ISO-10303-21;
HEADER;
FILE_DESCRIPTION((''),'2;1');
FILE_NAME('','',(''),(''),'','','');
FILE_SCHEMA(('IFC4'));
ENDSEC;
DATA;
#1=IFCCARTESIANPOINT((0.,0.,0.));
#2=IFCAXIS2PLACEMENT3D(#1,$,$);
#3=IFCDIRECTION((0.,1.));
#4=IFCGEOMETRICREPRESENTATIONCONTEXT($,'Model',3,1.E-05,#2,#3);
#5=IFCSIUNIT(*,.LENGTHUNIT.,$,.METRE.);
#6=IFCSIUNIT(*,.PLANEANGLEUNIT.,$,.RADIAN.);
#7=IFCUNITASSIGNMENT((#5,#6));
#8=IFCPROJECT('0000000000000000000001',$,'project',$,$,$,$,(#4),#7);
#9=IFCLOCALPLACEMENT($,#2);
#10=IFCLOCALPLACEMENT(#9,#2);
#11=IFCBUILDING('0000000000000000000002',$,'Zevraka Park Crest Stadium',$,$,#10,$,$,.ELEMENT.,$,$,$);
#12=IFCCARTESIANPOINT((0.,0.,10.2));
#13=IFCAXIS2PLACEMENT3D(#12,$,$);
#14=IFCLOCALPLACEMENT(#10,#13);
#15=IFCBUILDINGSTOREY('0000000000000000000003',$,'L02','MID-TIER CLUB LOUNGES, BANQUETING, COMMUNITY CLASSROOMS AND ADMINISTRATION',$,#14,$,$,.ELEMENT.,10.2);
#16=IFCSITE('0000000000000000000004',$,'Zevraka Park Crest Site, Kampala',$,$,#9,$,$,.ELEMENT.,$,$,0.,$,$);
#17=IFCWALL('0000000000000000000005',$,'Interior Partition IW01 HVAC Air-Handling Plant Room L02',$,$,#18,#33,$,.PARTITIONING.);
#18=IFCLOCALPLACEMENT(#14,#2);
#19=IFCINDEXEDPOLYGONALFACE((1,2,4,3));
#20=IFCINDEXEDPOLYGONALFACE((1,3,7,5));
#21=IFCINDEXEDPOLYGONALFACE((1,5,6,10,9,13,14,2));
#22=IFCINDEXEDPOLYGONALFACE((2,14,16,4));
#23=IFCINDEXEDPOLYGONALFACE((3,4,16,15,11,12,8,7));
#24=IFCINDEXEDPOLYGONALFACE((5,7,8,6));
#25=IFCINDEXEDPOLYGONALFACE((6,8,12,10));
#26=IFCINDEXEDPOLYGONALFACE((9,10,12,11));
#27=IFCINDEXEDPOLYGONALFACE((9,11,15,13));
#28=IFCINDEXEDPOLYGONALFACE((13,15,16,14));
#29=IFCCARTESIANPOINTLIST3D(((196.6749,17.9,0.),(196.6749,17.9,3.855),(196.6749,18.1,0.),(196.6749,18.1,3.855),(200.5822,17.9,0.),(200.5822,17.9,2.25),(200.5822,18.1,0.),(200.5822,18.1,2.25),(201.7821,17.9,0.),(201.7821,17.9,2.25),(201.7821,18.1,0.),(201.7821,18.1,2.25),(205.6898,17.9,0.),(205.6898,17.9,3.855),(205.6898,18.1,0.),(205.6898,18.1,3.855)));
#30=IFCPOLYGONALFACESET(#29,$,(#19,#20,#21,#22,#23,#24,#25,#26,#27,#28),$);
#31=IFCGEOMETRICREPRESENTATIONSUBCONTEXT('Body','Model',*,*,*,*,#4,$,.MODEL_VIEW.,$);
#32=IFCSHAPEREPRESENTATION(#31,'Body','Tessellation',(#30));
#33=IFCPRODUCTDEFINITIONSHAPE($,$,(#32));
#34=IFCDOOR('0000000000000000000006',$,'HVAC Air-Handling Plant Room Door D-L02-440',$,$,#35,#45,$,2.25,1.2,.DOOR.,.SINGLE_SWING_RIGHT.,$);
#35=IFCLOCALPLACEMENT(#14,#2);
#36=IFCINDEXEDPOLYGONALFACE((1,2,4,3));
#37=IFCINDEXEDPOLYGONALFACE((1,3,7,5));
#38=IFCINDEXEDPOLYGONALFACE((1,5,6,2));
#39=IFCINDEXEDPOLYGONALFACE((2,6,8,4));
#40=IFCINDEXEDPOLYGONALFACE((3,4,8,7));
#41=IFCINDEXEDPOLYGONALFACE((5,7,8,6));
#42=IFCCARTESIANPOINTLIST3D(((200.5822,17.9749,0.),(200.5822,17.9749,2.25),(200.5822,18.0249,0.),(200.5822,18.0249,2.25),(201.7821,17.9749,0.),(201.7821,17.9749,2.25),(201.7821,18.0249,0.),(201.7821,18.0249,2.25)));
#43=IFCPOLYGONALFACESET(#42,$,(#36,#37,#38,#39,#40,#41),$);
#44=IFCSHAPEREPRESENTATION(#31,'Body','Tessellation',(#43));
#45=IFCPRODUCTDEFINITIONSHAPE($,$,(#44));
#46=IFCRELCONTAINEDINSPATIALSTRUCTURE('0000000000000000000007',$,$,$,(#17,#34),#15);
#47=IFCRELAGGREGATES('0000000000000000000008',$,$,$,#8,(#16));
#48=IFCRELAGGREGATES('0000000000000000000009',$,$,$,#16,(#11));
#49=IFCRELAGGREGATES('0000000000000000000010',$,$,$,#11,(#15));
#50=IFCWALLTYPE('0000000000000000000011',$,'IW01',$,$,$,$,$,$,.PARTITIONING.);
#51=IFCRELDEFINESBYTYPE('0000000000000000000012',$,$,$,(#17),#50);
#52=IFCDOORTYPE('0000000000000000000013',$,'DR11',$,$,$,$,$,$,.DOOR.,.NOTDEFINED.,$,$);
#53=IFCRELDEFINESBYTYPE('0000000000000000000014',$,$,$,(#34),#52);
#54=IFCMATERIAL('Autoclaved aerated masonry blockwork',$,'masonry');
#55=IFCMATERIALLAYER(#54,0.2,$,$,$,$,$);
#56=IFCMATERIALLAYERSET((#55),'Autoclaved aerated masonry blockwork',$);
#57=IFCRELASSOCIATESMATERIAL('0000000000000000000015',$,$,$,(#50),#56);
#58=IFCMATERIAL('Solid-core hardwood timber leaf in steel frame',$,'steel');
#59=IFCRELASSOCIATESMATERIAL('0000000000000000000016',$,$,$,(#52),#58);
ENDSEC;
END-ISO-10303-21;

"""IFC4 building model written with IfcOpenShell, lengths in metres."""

from ifc_helpers import new_model, si_unit, direction, frame, frame_2d, origin, place, context, subcontext, project, spatial, rectangle, extrude, material, layer, layer_set, type_object, element, fill, save


model = new_model("IFC4")

# Units and contexts
model_context = context("Model", 3, precision=1e-05, world=origin(), true_north=direction((0.0, 1.0)))
body_context = subcontext(model_context, "Body", "Model", "MODEL_VIEW")
ifc_project = project(units=[si_unit("LENGTHUNIT", "METRE"), si_unit("PLANEANGLEUNIT", "RADIAN")], contexts=[model_context])

# Site, building, storey
site_placement = place(None, origin())
site = spatial("IfcSite", under=ifc_project, at=site_placement, Name="Zevraka Park Crest Site, Kampala", CompositionType="ELEMENT", RefElevation=0.0)
building_placement = place(site_placement, origin())
building = spatial("IfcBuilding", under=site, at=building_placement, Name="Zevraka Park Crest Stadium", CompositionType="ELEMENT")
storey_placement = place(building_placement, frame((0.0, 0.0, 10.2)))
storey = spatial("IfcBuildingStorey", under=building, at=storey_placement, Name="L02", Description="MID-TIER CLUB LOUNGES, BANQUETING, COMMUNITY CLASSROOMS AND ADMINISTRATION", CompositionType="ELEMENT", Elevation=10.2)

# Wall, opening, door
ifc_material_1 = material(Name="Autoclaved aerated masonry blockwork", Category="masonry")
ifc_layer_1 = layer(ifc_material_1, 0.2)
ifc_layer_set_1 = layer_set([ifc_layer_1], Name="Autoclaved aerated masonry blockwork")
wall_type_1 = type_object("IfcWallType", Name="IW01", PredefinedType="PARTITIONING", material=ifc_layer_set_1)
wall_1_placement = place(storey_placement, frame((196.675, 18.0, 0.0), z_axis=(0.0, 0.0, 1.0), x_axis=(1.0, 0.0, 0.0)))
wall_1 = element("IfcWall", 1, at=wall_1_placement, inside=storey, type_object=wall_type_1, Name="Interior Partition IW01 HVAC Air-Handling Plant Room L02", PredefinedType="PARTITIONING", context=body_context, shape_type="SweptSolid", body=[
    extrude(rectangle(XDim=9.0149, YDim=0.2, at=frame_2d((4.5073, 0.0))), origin(), (0.0, 0.0, 1.0), 3.855),
])
opening_1_placement = place(wall_1_placement, frame((3.907, 0.0, 0.0)))
opening_1 = element("IfcOpeningElement", 2, at=opening_1_placement, cuts=wall_1, PredefinedType="OPENING", context=body_context, shape_type="SweptSolid", body=[
    extrude(rectangle(XDim=1.2, YDim=2.25, at=frame_2d((0.6001, 1.125))), frame((0.0, 0.1099, 0.0), z_axis=(0.0, -1.0, 0.0), x_axis=(1.0, 0.0, 0.0)), (0.0, 0.0, 1.0), 0.22),
])
ifc_material_2 = material(Name="Solid-core hardwood timber leaf in steel frame", Category="steel")
door_type_1 = type_object("IfcDoorType", Name="DR11", OperationType="NOTDEFINED", PredefinedType="DOOR", material=ifc_material_2)
door_1_placement = place(opening_1_placement, origin())
door_1 = element("IfcDoor", 3, at=door_1_placement, inside=storey, type_object=door_type_1, Name="HVAC Air-Handling Plant Room Door D-L02-440", OperationType="SINGLE_SWING_RIGHT", OverallHeight=2.25, OverallWidth=1.2, PredefinedType="DOOR", context=body_context, shape_type="SweptSolid", body=[
    extrude(rectangle(XDim=1.2, YDim=2.25, at=frame_2d((0.6001, 1.125))), frame((0.0, 0.0249, 0.0), z_axis=(0.0, -1.0, 0.0), x_axis=(1.0, 0.0, 0.0)), (0.0, 0.0, 1.0), 0.05),
])
fill(opening_1, door_1)

save(model, "model.ifc")
